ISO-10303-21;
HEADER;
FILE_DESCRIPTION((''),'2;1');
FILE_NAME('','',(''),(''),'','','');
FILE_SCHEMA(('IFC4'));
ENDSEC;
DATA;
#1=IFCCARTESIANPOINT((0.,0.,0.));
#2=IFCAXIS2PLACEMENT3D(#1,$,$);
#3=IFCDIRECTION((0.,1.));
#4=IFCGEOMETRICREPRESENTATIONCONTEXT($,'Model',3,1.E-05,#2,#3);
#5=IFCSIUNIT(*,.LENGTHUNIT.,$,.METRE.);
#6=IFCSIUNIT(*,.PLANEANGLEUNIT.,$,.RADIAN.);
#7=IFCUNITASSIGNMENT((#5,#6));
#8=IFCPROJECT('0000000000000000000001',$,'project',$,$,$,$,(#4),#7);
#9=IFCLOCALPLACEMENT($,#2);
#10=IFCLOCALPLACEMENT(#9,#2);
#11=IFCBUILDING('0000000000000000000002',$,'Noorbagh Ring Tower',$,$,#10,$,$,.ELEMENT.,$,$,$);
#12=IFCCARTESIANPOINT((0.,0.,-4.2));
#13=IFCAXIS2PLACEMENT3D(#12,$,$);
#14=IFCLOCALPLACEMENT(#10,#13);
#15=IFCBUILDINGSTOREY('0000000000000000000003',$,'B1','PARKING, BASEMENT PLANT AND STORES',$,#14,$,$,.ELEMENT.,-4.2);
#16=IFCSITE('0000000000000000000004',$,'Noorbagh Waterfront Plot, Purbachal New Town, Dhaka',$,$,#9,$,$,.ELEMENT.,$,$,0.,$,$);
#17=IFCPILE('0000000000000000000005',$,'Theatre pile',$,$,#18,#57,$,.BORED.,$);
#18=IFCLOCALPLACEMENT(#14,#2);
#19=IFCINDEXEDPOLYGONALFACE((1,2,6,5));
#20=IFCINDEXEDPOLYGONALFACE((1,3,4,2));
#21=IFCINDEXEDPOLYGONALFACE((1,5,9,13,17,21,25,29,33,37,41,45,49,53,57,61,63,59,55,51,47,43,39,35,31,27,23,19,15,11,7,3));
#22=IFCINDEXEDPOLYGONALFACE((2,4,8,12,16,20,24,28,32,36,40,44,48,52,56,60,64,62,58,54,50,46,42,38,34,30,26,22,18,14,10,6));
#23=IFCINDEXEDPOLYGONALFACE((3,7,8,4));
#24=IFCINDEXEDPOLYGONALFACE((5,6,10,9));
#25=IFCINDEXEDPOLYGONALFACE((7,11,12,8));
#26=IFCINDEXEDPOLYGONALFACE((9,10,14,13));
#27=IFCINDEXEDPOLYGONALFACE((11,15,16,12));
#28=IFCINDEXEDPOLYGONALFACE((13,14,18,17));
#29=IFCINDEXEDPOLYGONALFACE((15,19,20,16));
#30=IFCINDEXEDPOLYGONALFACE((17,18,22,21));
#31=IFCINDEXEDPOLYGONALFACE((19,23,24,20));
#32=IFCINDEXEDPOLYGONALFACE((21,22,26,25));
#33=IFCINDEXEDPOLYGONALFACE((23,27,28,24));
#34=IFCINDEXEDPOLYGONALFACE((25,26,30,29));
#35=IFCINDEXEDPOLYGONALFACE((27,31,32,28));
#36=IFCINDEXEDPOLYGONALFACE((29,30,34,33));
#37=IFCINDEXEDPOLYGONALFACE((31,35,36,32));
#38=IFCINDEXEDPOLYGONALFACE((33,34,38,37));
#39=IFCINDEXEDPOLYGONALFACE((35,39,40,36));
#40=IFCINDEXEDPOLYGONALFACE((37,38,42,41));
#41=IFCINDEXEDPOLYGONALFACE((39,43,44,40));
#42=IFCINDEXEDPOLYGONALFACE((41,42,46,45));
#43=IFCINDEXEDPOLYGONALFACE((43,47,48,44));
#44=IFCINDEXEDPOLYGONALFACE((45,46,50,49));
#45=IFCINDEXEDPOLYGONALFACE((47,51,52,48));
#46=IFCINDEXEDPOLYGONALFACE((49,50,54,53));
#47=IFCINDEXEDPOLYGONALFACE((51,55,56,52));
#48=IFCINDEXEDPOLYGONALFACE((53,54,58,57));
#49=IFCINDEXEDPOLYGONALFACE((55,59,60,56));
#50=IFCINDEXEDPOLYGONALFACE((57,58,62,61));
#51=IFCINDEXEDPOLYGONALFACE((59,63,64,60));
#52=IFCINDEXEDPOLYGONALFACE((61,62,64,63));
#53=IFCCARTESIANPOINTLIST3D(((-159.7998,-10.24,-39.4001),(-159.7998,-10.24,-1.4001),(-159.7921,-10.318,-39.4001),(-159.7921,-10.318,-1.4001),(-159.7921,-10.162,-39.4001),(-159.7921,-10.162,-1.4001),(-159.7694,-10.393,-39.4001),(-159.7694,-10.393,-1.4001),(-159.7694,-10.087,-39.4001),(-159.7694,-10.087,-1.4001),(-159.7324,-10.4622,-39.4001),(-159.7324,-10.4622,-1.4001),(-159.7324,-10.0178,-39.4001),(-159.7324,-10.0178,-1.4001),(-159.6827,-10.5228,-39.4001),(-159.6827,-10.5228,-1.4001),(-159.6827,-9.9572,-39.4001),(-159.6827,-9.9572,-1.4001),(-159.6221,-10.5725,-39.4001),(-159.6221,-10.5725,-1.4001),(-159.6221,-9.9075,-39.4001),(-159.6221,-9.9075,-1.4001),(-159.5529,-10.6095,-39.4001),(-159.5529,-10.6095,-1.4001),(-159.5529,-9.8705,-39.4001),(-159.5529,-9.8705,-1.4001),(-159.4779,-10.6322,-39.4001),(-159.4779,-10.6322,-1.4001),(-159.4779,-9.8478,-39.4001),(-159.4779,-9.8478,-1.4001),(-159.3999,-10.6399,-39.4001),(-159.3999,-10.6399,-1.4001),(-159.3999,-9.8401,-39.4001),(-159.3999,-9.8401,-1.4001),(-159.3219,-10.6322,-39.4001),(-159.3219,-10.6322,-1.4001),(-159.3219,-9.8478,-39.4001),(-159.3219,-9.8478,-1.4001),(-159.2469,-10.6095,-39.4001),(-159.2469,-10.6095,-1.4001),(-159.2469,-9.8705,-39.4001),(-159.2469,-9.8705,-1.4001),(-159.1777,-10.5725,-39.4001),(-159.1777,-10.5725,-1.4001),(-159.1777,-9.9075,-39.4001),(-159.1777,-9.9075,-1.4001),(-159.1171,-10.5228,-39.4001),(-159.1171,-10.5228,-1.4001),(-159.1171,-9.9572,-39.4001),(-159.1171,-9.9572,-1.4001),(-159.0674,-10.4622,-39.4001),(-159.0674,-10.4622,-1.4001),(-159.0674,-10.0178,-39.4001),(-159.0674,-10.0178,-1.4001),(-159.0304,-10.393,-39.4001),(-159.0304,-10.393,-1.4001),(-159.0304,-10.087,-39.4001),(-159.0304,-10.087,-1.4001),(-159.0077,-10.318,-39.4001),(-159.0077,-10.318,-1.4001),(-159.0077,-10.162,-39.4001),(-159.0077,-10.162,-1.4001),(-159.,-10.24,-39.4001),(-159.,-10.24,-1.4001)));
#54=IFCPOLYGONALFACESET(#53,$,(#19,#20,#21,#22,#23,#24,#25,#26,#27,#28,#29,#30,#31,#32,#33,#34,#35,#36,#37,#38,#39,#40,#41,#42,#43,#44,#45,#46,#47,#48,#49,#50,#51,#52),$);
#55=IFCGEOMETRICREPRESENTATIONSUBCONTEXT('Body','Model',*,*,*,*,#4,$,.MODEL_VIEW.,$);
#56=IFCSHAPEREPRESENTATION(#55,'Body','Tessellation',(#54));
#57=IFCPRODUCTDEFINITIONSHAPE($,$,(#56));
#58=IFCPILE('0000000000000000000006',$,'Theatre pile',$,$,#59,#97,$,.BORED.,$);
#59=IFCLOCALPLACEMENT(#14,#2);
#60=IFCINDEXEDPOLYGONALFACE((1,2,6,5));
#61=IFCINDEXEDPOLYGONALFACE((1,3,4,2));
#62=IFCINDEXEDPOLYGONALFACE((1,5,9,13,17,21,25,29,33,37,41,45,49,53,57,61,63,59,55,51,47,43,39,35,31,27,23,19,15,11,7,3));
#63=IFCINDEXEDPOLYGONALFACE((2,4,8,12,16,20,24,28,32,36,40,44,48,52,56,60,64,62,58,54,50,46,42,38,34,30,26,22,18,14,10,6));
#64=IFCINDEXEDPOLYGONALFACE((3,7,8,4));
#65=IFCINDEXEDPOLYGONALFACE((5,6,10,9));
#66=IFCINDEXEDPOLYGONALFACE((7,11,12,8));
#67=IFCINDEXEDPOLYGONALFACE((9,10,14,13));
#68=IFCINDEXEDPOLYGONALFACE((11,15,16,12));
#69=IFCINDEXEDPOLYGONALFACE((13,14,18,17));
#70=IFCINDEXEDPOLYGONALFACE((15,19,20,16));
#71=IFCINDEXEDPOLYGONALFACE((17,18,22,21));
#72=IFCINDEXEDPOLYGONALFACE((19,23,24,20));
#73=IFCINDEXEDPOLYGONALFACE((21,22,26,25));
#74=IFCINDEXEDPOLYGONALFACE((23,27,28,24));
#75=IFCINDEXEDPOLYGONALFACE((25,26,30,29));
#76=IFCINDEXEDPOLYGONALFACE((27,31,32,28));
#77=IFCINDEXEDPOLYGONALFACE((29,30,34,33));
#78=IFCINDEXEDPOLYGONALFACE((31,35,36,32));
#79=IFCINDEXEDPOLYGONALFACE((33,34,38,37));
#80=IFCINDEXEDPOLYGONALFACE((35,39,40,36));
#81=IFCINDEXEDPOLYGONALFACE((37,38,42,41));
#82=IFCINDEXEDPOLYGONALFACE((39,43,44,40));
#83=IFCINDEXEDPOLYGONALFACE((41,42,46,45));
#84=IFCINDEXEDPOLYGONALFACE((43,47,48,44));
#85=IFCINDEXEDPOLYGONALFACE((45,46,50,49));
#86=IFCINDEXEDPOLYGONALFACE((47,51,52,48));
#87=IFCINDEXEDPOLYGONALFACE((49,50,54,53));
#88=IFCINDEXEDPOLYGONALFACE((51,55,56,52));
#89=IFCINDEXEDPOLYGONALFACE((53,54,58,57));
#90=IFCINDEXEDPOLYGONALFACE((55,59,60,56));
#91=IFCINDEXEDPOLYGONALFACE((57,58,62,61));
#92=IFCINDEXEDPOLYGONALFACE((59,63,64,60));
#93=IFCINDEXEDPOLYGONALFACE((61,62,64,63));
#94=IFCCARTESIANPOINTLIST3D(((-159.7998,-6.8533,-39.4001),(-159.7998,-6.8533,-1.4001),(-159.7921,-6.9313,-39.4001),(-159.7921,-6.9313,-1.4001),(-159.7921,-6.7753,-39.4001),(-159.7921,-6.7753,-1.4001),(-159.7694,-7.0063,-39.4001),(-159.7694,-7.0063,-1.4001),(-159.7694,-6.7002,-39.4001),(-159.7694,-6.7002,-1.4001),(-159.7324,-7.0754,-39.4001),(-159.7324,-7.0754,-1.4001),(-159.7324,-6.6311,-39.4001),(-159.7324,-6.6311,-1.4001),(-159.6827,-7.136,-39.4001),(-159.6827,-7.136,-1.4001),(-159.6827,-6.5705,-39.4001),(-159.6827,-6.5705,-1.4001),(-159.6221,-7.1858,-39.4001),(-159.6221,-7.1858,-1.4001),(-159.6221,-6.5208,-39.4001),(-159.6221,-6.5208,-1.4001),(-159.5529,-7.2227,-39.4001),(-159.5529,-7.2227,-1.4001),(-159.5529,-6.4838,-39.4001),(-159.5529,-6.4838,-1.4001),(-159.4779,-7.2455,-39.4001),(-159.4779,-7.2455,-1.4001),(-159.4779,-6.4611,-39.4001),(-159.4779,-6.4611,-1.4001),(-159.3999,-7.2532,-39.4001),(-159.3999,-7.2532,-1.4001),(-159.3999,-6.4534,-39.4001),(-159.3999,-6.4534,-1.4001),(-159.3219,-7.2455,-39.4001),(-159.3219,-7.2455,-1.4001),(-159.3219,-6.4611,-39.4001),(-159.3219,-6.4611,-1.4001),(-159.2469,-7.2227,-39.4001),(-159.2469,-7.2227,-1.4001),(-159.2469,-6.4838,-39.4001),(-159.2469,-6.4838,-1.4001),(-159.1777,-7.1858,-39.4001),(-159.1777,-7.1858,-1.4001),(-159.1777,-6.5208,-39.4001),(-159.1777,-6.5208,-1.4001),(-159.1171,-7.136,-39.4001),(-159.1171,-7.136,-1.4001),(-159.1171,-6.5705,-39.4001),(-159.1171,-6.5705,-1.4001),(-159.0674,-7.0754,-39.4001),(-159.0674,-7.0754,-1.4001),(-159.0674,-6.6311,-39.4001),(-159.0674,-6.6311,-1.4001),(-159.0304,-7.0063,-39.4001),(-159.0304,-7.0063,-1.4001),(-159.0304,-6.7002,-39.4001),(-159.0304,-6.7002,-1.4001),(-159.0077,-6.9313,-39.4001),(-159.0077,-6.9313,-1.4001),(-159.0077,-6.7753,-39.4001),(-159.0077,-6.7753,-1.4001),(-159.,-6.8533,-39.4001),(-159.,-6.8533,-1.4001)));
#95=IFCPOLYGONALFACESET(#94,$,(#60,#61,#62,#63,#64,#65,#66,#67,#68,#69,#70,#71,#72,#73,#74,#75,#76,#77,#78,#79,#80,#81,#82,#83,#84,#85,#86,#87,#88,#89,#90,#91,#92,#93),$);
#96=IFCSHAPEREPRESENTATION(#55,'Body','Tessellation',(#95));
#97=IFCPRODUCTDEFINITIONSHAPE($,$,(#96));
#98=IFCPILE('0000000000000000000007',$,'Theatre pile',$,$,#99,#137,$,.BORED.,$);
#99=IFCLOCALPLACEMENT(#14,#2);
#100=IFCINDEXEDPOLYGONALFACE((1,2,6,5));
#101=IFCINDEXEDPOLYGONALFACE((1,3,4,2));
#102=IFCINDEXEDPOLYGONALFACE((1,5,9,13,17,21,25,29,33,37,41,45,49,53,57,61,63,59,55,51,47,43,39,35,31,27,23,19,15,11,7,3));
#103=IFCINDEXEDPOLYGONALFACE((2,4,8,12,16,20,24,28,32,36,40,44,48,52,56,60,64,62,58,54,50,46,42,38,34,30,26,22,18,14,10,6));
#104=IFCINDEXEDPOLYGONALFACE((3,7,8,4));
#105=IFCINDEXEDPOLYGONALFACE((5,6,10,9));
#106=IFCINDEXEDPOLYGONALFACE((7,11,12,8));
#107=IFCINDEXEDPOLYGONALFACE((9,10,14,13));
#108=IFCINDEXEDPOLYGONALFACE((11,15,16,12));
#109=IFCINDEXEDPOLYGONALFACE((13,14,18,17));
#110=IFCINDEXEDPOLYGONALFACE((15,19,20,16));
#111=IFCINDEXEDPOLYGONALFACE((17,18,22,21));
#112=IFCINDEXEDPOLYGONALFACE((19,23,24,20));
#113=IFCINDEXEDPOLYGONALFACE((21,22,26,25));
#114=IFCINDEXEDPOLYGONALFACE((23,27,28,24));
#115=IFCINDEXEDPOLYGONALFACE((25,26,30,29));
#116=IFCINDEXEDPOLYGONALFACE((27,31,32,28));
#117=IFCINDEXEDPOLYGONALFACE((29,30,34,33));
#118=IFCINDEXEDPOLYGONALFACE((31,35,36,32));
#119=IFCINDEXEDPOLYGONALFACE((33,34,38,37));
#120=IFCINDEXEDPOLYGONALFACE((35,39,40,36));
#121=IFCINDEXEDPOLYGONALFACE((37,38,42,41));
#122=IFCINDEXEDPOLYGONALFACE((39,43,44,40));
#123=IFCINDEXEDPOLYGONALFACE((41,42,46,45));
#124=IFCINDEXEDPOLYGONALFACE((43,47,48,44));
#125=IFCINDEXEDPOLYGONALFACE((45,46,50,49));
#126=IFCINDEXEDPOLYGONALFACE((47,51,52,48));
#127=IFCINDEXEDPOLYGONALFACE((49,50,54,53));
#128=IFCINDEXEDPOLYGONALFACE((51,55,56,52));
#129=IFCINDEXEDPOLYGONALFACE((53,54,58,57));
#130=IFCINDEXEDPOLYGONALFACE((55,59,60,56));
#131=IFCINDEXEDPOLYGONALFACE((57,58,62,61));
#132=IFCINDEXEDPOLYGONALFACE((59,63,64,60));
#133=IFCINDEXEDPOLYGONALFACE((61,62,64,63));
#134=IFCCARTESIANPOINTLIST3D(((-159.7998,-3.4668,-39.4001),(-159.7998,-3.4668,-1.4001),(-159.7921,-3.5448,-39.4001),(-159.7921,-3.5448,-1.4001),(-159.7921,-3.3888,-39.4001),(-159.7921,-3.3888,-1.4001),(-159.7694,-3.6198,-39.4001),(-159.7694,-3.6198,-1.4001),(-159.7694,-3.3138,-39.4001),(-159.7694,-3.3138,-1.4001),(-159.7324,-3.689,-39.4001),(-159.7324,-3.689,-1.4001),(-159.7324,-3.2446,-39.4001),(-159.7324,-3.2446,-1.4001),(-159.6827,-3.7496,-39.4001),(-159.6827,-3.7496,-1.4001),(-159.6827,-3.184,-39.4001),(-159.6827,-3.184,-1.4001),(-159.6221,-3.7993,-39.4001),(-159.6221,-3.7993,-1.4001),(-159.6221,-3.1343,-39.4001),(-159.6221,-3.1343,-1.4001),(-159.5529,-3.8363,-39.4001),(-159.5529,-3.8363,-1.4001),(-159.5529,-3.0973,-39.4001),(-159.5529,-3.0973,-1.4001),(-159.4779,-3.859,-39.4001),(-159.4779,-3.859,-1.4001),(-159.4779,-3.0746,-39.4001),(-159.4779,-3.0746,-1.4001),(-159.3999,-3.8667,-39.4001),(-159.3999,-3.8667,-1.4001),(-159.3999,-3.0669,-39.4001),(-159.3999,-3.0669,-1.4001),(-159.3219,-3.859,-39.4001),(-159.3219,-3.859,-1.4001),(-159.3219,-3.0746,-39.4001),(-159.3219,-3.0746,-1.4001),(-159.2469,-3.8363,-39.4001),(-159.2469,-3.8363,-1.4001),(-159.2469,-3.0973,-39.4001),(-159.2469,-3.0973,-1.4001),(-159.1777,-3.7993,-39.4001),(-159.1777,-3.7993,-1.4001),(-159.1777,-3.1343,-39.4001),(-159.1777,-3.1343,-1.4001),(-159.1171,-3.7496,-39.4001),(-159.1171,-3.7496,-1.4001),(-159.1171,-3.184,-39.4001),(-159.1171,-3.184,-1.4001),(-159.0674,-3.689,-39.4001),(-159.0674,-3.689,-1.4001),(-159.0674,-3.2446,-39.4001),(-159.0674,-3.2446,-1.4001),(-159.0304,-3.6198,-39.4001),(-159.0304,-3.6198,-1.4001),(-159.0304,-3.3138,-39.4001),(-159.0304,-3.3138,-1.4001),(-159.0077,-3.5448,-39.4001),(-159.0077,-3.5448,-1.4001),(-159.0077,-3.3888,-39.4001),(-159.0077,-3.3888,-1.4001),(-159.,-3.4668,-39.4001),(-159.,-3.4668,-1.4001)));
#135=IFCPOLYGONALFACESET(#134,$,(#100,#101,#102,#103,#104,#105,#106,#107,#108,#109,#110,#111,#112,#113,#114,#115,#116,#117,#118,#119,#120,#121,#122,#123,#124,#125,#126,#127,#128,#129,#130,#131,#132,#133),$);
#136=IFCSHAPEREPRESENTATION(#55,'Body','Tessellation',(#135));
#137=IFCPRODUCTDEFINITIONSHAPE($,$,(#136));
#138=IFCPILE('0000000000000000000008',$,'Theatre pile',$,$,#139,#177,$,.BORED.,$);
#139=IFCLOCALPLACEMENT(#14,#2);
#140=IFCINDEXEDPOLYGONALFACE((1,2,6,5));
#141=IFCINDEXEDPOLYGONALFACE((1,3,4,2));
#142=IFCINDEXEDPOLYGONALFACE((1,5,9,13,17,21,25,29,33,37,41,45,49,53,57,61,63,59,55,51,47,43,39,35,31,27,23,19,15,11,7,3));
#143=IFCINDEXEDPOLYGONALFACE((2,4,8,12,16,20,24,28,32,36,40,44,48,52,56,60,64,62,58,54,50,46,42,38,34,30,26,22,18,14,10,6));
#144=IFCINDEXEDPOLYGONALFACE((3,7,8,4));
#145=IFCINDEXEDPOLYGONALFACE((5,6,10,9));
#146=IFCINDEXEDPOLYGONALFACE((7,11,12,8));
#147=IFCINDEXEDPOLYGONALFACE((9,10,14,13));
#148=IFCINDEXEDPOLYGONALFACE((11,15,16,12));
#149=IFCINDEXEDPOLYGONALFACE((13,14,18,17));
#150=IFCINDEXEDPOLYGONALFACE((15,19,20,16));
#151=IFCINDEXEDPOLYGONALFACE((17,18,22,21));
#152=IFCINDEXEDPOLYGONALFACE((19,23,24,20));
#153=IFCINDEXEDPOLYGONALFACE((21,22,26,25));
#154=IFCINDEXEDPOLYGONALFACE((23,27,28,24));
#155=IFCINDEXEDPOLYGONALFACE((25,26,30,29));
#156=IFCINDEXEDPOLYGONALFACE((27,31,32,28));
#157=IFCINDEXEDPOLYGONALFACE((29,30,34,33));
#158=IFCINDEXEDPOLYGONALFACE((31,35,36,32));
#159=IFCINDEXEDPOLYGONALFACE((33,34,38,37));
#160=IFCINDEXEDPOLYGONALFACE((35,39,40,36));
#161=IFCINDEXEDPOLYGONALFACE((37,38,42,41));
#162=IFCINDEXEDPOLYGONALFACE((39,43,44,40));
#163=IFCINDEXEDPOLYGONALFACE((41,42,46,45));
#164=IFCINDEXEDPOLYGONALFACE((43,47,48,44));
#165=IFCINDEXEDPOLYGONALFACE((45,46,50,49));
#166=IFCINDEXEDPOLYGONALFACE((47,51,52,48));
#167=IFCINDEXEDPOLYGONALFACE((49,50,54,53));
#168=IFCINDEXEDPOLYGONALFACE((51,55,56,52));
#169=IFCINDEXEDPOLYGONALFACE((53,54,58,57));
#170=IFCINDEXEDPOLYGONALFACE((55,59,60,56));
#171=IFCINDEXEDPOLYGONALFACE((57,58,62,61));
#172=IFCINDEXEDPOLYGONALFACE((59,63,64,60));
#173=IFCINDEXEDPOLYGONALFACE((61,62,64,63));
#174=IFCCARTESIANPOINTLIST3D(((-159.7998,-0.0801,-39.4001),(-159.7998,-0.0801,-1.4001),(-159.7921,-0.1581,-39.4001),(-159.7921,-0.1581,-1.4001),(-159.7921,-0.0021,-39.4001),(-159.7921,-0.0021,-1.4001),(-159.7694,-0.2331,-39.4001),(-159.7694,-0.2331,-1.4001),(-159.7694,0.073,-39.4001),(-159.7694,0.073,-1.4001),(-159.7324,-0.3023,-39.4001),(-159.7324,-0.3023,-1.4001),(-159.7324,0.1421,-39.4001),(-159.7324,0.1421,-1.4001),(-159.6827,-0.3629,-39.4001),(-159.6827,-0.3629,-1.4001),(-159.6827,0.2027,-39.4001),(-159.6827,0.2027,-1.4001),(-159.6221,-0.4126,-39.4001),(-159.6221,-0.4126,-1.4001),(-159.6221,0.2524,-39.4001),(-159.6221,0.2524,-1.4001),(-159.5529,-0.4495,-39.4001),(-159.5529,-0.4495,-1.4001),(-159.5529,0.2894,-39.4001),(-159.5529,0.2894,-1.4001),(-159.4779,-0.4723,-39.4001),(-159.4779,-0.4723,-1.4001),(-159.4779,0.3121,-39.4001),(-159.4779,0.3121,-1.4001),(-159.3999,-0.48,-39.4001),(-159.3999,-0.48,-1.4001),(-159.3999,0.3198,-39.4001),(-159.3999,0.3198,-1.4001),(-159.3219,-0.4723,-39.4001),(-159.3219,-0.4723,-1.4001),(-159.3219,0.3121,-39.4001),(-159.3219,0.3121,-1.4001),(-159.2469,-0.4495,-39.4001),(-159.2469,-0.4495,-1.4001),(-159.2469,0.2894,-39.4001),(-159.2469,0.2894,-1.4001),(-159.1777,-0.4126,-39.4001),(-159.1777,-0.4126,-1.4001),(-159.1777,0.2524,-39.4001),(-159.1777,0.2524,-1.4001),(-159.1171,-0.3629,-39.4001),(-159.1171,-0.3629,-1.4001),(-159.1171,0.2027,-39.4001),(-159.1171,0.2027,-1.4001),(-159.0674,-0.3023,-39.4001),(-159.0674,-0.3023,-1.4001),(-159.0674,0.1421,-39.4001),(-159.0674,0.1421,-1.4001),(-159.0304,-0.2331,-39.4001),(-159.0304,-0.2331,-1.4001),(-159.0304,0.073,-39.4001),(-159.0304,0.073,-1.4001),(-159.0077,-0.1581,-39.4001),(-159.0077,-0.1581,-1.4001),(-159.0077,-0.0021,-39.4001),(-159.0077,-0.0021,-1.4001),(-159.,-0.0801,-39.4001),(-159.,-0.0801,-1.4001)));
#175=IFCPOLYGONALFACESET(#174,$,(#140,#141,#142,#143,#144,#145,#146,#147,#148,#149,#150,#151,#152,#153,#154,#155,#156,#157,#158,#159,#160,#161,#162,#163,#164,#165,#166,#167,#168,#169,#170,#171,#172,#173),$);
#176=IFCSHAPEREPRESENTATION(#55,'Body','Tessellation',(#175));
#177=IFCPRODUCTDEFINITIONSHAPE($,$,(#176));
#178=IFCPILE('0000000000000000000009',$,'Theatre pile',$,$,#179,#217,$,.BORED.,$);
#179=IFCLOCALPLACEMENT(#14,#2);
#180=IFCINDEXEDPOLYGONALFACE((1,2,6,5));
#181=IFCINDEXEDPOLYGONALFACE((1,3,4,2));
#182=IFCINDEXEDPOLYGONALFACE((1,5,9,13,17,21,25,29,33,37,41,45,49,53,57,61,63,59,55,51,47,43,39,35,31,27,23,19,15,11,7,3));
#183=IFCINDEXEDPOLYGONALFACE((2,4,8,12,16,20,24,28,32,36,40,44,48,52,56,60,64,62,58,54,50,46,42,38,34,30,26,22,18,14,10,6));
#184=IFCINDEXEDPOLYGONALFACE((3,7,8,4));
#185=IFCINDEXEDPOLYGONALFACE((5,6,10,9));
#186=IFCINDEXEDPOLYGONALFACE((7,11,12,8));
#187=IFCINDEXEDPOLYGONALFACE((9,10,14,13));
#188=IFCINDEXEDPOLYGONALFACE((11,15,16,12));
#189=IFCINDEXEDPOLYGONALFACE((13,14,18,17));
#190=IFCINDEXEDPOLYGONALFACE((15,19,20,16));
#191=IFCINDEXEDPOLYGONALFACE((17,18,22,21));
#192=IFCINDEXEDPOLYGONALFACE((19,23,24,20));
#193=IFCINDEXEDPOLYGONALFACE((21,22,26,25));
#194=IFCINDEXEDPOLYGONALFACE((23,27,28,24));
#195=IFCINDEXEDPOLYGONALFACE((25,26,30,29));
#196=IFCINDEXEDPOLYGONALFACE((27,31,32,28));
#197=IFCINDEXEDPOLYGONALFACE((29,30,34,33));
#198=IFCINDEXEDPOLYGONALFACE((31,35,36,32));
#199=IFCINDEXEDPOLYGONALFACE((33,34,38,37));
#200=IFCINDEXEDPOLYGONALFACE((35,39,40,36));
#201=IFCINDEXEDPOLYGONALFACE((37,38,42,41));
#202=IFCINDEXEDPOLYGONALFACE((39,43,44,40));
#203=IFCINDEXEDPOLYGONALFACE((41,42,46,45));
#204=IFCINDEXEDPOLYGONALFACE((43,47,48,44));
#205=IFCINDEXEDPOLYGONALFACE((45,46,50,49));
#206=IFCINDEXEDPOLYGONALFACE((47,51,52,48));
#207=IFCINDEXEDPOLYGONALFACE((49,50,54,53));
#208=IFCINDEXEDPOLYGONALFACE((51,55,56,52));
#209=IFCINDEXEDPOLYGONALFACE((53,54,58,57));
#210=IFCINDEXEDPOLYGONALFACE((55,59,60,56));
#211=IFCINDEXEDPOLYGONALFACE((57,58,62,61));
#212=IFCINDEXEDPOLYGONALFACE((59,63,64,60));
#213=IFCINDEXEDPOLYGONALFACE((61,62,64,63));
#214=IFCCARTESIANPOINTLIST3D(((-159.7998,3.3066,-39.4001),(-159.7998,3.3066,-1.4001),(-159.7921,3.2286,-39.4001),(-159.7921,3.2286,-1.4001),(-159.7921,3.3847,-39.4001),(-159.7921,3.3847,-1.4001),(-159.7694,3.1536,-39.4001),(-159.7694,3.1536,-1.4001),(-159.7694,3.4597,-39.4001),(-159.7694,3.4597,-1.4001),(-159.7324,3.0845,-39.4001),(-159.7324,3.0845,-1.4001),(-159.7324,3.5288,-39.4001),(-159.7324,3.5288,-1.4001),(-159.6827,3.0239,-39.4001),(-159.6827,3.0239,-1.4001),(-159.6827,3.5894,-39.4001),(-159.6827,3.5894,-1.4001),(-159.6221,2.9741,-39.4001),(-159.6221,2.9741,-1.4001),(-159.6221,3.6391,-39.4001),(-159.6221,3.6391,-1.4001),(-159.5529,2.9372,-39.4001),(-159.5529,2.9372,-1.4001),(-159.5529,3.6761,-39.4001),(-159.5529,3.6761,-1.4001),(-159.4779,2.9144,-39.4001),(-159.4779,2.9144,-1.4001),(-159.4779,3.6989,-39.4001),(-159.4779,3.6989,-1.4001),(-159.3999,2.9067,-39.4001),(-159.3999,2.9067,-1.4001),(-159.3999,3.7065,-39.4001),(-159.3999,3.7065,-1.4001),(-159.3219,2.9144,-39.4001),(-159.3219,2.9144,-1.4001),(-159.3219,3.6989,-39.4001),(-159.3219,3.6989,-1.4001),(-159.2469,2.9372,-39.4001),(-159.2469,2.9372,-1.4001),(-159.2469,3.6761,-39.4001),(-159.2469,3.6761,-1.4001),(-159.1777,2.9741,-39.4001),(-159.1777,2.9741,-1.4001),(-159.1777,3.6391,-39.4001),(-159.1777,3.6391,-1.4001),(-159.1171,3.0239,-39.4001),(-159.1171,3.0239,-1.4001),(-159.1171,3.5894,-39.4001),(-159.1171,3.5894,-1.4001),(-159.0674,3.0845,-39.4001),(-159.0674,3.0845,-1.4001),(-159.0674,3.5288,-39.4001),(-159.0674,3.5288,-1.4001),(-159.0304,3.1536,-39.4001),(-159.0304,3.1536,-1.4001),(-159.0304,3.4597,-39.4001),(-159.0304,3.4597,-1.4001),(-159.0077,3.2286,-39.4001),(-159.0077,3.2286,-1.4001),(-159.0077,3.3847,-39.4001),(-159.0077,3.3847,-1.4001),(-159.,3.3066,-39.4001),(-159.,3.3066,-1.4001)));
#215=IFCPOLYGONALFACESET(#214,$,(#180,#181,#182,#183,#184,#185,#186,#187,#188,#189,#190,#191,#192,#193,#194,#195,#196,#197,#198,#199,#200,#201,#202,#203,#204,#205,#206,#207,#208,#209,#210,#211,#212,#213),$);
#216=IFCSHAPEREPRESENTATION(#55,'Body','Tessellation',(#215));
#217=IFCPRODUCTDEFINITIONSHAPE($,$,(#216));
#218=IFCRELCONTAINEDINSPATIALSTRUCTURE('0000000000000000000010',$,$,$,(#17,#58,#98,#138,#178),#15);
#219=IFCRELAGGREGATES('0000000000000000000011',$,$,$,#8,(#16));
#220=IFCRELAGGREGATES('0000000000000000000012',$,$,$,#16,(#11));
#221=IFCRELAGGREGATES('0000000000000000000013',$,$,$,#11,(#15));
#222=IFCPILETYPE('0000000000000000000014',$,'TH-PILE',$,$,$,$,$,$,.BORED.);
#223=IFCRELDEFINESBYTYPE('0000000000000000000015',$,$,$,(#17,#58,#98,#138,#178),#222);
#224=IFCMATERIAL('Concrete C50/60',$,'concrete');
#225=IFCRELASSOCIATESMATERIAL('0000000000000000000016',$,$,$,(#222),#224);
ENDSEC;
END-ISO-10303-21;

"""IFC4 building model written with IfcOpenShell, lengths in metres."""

from ifc_helpers import new_model, si_unit, direction, frame, origin, origin_2d, place, context, subcontext, project, spatial, circle, extrude, material, material_profile, profile_set, type_object, element, save


model = new_model("IFC4")

# Units and contexts
model_context = context("Model", 3, precision=1e-05, world=origin(), true_north=direction((0.0, 1.0)))
body_context = subcontext(model_context, "Body", "Model", "MODEL_VIEW")
ifc_project = project(units=[si_unit("LENGTHUNIT", "METRE"), si_unit("PLANEANGLEUNIT", "RADIAN")], contexts=[model_context])

# Site, building, storey
site_placement = place(None, origin())
site = spatial("IfcSite", under=ifc_project, at=site_placement, Name="Noorbagh Waterfront Plot, Purbachal New Town, Dhaka", CompositionType="ELEMENT", RefElevation=0.0)
building_placement = place(site_placement, origin())
building = spatial("IfcBuilding", under=site, at=building_placement, Name="Noorbagh Ring Tower", CompositionType="ELEMENT")
storey_placement = place(building_placement, frame((0.0, 0.0, -4.2)))
storey = spatial("IfcBuildingStorey", under=building, at=storey_placement, Name="B1", Description="PARKING, BASEMENT PLANT AND STORES", CompositionType="ELEMENT", Elevation=-4.2)

# Piles
ifc_material_1 = material(Name="Concrete C50/60", Category="concrete")
ifc_material_profile_1 = material_profile(ifc_material_1, circle(Radius=0.3999, at=origin_2d()), Name="PILE800")
ifc_profile_set_1 = profile_set([ifc_material_profile_1], Name="Concrete C50/60")
pile_type = type_object("IfcPileType", Name="TH-PILE", PredefinedType="BORED", material=ifc_profile_set_1)
for number, where, z_axis, x_axis, name in (
    (1, (-159.3999, -10.24, -1.4001), (0.0, 0.0, -1.0), (1.0, 0.0, 0.0), "Theatre pile"),
    (2, (-159.3999, -6.8533, -1.4001), (0.0, 0.0, -1.0), (1.0, 0.0, 0.0), "Theatre pile"),
    (3, (-159.3999, -3.4668, -1.4001), (0.0, 0.0, -1.0), (1.0, 0.0, 0.0), "Theatre pile"),
    (4, (-159.3999, -0.0801, -1.4001), (0.0, 0.0, -1.0), (1.0, 0.0, 0.0), "Theatre pile"),
    (5, (-159.3999, 3.3066, -1.4001), (0.0, 0.0, -1.0), (1.0, 0.0, 0.0), "Theatre pile"),
):
    element("IfcPile", number, at=place(storey_placement, frame(where, z_axis=z_axis, x_axis=x_axis)), inside=storey, type_object=pile_type, Name=name, PredefinedType="BORED", context=body_context, shape_type="SweptSolid", body=[
        extrude(circle(Radius=0.3999, at=origin_2d()), origin(), (0.0, 0.0, 1.0), 38.0),
    ])

save(model, "model.ifc")
